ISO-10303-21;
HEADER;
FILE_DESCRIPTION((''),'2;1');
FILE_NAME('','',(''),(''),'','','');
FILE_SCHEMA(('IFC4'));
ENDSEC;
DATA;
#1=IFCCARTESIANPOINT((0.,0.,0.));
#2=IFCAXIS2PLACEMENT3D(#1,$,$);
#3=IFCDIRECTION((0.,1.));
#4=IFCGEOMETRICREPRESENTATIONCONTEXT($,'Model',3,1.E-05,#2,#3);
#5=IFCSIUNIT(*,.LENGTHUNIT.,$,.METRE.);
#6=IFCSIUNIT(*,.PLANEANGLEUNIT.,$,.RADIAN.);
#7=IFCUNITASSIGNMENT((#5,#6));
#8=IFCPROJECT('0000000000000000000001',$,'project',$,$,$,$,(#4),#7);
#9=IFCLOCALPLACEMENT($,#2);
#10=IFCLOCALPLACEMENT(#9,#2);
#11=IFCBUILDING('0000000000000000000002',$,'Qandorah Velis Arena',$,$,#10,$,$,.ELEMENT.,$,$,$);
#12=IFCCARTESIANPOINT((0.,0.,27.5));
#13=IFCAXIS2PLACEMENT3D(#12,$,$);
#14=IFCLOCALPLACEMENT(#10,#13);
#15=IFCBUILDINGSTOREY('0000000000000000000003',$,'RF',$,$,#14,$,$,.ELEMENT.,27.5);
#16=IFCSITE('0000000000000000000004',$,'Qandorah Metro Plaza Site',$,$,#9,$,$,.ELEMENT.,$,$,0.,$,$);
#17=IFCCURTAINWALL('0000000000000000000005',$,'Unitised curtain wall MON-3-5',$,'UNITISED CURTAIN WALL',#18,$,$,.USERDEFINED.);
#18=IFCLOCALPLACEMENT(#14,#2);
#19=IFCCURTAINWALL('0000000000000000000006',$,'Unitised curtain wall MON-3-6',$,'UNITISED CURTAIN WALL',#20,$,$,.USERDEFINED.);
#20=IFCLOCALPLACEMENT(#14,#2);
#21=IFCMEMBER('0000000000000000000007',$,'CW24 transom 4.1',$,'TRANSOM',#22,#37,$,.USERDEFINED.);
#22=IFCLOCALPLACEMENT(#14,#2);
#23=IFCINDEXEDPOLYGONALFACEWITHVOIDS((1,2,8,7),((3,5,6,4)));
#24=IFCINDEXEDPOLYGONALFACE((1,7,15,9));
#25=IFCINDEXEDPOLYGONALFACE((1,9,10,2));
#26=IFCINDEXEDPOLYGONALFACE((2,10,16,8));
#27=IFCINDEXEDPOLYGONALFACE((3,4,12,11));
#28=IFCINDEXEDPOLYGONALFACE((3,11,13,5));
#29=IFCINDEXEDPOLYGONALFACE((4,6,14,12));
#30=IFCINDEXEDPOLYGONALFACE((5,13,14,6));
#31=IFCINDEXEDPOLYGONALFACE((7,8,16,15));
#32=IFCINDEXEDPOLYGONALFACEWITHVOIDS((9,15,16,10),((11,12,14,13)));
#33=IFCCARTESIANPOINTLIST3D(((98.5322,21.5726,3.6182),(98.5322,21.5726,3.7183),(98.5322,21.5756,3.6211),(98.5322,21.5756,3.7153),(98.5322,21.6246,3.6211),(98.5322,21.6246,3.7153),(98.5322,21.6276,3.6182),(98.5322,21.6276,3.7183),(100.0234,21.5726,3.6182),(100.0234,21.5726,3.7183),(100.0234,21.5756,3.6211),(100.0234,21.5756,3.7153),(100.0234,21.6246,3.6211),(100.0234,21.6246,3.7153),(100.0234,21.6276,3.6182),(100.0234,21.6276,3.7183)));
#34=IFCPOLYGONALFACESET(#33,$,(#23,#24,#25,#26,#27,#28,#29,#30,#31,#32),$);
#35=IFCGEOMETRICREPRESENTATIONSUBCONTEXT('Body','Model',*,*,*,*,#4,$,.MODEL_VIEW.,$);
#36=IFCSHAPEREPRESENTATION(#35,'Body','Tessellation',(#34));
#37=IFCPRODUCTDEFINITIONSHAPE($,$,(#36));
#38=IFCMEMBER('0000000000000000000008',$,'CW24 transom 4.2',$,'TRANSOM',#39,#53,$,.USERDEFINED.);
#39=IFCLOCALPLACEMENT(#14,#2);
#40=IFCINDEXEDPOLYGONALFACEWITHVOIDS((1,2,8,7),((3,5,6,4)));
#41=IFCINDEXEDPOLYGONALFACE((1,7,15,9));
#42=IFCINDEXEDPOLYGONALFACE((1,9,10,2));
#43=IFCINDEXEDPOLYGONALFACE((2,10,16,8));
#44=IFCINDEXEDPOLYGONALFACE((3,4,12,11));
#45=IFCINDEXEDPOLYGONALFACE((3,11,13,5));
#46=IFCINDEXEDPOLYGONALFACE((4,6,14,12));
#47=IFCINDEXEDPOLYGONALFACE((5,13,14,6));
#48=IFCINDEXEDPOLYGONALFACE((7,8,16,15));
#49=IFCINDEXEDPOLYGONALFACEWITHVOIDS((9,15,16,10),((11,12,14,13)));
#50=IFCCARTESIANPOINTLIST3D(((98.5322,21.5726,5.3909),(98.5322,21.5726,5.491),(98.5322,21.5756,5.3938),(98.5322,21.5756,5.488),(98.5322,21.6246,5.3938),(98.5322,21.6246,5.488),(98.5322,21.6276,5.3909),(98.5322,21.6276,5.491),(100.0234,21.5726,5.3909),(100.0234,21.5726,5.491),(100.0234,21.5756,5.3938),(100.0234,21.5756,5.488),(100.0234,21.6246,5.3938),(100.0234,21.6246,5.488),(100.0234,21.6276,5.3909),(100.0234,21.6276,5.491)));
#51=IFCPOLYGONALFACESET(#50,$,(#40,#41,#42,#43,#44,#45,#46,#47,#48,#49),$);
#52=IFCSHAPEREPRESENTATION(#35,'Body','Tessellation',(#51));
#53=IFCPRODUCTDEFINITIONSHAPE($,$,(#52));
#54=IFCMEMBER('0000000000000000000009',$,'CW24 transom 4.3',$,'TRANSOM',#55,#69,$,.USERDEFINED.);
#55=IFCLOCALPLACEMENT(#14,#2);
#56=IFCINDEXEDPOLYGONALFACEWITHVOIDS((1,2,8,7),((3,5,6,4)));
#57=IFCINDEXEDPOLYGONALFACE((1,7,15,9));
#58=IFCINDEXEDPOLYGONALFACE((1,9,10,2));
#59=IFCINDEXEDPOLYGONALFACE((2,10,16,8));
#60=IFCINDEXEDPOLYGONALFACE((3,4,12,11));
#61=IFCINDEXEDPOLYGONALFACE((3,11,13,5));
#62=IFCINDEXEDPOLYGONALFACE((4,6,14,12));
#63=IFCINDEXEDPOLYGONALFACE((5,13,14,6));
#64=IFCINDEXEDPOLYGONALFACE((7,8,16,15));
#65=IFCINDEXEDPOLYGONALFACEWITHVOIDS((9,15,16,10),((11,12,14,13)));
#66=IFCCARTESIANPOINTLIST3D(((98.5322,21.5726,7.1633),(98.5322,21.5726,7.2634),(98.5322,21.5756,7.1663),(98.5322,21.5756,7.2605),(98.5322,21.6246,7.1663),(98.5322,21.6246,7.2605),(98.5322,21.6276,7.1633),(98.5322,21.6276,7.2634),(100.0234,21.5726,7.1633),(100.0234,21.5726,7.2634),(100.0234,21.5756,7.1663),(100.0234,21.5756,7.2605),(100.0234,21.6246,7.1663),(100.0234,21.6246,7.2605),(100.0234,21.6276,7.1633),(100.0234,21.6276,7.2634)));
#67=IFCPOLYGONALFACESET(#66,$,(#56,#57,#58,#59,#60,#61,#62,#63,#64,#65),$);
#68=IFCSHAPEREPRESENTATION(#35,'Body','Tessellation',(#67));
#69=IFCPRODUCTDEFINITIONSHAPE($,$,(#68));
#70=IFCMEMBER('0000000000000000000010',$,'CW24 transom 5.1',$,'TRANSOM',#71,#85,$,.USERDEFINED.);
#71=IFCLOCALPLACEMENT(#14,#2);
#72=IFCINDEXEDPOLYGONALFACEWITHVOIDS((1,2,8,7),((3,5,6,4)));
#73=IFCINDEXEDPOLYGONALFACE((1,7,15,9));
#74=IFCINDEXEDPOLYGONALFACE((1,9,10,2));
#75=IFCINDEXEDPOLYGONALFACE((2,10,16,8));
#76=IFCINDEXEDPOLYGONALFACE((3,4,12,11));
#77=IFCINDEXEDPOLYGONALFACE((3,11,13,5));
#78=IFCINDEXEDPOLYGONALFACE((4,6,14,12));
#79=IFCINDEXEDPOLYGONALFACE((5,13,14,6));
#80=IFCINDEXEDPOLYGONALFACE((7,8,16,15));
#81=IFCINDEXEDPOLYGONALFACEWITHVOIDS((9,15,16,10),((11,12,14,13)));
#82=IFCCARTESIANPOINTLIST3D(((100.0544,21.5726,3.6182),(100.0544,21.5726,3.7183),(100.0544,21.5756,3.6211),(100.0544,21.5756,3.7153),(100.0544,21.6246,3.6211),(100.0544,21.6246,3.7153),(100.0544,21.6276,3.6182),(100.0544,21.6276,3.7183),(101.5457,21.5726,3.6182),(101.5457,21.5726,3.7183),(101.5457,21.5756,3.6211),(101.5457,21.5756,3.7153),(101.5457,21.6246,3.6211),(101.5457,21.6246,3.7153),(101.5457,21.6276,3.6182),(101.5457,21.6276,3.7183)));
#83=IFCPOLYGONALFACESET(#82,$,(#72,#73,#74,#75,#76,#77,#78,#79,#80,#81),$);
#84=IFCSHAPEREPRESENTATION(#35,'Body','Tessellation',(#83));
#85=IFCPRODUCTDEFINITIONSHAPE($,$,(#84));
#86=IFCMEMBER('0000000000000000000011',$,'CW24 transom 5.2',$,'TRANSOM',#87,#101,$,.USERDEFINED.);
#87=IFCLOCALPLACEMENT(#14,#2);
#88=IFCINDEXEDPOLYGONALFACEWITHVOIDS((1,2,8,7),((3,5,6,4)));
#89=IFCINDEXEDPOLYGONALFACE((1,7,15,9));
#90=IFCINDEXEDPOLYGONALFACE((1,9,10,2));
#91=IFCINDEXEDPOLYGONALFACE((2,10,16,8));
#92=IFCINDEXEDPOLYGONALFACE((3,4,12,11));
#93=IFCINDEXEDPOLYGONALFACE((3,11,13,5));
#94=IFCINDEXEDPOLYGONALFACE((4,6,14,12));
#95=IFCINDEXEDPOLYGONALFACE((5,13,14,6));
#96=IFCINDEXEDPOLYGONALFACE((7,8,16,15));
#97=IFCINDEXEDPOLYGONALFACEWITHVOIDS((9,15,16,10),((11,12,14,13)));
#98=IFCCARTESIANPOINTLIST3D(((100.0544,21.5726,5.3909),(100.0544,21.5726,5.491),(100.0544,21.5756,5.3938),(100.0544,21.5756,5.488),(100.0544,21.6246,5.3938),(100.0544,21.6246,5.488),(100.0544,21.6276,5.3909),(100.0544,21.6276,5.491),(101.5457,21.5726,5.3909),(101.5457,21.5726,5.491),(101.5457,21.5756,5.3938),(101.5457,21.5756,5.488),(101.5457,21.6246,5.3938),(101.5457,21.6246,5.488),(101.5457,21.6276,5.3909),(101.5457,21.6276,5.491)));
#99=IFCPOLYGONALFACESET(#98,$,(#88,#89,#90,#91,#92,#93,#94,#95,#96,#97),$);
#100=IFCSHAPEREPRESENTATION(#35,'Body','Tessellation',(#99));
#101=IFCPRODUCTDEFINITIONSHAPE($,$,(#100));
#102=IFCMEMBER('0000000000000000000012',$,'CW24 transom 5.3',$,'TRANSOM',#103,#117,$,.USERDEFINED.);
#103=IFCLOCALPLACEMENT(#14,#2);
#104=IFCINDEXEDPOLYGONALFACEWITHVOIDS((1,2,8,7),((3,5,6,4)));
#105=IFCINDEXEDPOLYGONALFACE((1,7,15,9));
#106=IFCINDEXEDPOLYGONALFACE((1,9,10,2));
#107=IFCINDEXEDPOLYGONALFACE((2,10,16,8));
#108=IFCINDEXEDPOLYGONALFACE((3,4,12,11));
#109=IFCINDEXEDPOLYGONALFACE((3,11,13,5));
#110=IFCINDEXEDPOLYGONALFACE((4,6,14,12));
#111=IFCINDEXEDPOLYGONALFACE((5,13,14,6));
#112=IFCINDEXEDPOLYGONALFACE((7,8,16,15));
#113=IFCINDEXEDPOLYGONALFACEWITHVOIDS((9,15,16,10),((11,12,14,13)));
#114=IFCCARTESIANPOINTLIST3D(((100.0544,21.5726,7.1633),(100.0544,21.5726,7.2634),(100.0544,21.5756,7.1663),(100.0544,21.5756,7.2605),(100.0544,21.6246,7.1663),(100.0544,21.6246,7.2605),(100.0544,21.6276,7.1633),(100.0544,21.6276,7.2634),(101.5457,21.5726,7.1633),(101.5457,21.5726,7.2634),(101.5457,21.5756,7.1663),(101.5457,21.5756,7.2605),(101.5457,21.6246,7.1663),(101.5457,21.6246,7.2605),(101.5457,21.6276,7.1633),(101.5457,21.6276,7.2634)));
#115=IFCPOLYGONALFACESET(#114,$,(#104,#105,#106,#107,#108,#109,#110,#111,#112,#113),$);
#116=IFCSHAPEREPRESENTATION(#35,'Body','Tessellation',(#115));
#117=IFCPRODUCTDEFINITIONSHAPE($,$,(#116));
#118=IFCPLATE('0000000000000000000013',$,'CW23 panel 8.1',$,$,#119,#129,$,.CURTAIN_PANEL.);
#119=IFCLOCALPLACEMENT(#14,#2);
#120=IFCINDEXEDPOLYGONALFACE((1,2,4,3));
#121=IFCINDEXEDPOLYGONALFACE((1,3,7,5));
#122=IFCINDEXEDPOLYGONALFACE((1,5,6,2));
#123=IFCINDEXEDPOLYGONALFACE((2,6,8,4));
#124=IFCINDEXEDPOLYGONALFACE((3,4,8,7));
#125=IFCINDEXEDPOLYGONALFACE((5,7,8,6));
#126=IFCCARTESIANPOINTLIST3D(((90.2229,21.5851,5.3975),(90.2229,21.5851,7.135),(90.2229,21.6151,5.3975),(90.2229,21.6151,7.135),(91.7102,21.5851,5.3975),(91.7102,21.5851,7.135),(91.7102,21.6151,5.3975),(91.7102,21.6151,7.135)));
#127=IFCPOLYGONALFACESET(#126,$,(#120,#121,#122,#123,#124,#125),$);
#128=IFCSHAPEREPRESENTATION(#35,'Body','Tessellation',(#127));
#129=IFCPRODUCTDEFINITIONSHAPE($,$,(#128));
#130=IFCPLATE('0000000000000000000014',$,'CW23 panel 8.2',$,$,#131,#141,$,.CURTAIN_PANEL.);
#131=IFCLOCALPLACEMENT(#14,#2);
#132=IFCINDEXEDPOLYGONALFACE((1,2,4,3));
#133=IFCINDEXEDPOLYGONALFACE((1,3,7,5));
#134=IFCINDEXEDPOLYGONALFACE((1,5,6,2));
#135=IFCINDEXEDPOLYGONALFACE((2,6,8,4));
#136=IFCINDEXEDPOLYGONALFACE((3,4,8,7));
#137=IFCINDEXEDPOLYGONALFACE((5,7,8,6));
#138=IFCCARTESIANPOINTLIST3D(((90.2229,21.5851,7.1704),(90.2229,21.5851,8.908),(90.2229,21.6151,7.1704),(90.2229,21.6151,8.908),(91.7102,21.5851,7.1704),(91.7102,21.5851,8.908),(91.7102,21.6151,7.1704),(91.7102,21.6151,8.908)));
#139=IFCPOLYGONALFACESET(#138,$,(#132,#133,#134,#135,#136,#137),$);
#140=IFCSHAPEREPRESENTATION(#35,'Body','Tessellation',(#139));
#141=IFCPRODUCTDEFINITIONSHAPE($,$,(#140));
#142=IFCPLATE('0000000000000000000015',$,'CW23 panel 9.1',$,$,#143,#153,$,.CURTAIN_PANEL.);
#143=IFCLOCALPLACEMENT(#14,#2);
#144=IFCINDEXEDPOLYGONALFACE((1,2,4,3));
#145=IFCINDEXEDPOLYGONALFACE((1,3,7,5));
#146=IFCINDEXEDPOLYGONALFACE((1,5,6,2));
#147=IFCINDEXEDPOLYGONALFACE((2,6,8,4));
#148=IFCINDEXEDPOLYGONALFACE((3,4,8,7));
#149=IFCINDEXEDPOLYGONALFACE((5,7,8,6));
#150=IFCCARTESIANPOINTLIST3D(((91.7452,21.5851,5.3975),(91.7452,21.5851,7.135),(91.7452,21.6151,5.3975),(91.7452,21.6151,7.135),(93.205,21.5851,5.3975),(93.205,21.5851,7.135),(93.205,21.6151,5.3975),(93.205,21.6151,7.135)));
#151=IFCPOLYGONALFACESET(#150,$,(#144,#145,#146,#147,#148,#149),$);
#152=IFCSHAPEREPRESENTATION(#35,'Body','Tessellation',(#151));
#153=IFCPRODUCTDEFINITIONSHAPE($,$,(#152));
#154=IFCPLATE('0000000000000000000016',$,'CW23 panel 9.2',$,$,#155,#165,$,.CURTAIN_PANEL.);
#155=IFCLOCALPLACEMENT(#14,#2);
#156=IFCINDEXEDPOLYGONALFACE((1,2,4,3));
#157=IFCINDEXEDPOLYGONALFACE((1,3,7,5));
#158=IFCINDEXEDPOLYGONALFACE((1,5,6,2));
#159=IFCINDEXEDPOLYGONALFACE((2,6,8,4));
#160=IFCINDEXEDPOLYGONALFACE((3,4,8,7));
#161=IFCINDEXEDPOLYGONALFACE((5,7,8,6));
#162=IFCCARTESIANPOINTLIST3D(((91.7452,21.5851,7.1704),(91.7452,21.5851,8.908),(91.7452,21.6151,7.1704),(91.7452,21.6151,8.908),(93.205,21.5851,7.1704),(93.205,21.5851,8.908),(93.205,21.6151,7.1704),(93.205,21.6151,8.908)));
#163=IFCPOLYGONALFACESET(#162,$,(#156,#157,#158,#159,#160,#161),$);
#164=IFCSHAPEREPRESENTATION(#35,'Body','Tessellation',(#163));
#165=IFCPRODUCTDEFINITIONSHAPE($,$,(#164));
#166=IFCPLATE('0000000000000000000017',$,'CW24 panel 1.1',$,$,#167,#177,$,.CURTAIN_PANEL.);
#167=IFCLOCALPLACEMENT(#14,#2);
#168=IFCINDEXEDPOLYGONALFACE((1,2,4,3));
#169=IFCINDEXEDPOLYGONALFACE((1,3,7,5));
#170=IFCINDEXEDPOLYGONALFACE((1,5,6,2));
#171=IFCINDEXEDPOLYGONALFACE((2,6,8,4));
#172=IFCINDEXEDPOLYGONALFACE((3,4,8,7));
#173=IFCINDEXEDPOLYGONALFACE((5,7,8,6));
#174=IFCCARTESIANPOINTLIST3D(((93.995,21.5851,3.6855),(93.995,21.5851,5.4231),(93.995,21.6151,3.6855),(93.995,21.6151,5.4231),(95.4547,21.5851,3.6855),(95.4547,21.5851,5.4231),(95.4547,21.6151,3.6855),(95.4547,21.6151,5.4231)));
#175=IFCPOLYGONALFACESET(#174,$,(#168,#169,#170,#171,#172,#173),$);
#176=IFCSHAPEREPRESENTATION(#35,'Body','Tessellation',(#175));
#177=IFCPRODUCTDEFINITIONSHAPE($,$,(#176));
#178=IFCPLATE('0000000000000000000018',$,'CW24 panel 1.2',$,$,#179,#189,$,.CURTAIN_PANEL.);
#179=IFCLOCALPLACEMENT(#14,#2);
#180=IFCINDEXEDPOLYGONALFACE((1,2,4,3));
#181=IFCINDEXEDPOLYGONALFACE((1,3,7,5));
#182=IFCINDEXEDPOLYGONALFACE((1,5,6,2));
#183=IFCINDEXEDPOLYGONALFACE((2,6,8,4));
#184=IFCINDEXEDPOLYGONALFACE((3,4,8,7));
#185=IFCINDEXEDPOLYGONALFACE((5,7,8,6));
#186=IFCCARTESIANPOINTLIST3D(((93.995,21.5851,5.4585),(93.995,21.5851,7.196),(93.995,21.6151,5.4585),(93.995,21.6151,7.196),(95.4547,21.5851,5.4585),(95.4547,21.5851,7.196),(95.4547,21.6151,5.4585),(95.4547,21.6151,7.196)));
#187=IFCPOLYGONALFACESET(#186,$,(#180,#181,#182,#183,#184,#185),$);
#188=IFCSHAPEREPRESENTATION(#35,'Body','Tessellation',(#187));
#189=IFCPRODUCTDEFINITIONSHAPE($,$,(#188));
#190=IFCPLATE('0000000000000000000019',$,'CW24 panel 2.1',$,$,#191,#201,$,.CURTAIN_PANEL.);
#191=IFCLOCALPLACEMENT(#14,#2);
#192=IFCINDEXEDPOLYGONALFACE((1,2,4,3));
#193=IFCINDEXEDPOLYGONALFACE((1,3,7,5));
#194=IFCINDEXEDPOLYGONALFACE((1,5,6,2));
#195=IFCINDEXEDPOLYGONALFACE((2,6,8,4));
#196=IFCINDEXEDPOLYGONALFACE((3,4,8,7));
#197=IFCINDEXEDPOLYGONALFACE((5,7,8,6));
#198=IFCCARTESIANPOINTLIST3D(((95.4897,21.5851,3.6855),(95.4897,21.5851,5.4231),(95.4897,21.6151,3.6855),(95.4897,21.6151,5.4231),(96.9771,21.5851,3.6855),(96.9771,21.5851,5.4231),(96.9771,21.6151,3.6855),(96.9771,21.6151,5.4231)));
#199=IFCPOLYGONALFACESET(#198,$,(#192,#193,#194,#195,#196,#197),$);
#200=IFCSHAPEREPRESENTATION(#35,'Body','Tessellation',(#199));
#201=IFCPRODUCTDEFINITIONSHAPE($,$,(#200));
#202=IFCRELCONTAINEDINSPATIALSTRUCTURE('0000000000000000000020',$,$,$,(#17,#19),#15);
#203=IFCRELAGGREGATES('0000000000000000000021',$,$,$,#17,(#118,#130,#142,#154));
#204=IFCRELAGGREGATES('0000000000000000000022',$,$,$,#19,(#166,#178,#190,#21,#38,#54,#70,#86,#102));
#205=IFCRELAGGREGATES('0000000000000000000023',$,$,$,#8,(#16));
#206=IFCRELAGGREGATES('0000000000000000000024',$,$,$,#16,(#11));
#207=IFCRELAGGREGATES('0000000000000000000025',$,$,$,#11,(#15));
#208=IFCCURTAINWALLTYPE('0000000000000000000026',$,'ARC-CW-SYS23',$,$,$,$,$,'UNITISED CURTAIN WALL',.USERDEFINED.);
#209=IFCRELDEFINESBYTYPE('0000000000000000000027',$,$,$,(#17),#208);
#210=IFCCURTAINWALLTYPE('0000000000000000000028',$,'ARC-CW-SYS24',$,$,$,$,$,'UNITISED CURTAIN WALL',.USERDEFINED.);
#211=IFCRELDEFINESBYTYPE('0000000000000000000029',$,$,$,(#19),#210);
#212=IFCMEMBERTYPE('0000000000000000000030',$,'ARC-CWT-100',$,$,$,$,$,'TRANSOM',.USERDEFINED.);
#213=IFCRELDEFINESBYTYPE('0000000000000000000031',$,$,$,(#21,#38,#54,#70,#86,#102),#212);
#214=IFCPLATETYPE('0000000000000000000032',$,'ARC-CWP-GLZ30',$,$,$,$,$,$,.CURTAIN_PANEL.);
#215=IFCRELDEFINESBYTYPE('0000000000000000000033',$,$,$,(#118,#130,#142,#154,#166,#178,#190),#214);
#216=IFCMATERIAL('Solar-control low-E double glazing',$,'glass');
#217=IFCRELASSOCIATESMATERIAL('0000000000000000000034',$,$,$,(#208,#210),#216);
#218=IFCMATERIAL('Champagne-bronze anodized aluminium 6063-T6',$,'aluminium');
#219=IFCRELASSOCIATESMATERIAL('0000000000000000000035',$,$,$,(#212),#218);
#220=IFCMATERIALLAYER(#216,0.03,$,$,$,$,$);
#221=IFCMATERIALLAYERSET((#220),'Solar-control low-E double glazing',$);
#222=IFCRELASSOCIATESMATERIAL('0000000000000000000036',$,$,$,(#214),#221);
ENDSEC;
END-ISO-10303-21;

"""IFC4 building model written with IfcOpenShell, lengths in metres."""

from ifc_helpers import new_model, si_unit, direction, frame, origin, origin_2d, place, context, subcontext, project, spatial, rectangle, hollow_rectangle, extrude, material, layer, layer_set, material_profile, profile_set, type_object, element, aggregate, save


model = new_model("IFC4")

# Units and contexts
model_context = context("Model", 3, precision=1e-05, world=origin(), true_north=direction((0.0, 1.0)))
body_context = subcontext(model_context, "Body", "Model", "MODEL_VIEW")
ifc_project = project(units=[si_unit("LENGTHUNIT", "METRE"), si_unit("PLANEANGLEUNIT", "RADIAN")], contexts=[model_context])

# Site, building, storey
site_placement = place(None, origin())
site = spatial("IfcSite", under=ifc_project, at=site_placement, Name="Qandorah Metro Plaza Site", CompositionType="ELEMENT", RefElevation=0.0)
building_placement = place(site_placement, origin())
building = spatial("IfcBuilding", under=site, at=building_placement, Name="Qandorah Velis Arena", CompositionType="ELEMENT")
storey_placement = place(building_placement, frame((0.0, 0.0, 27.5)))
storey = spatial("IfcBuildingStorey", under=building, at=storey_placement, Name="RF", CompositionType="ELEMENT", Elevation=27.5)

# Curtain walls
ifc_material_1 = material(Name="Solar-control low-E double glazing", Category="glass")
curtain_wall_type_1 = type_object("IfcCurtainWallType", Name="ARC-CW-SYS23", ElementType="UNITISED CURTAIN WALL", PredefinedType="USERDEFINED", material=ifc_material_1)
curtain_wall_1_placement = place(storey_placement, origin())
curtain_wall_1 = element("IfcCurtainWall", 1, at=curtain_wall_1_placement, inside=storey, type_object=curtain_wall_type_1, Name="Unitised curtain wall MON-3-5", ObjectType="UNITISED CURTAIN WALL", PredefinedType="USERDEFINED")
ifc_material_2 = material(Name="Champagne-bronze anodized aluminium 6063-T6", Category="aluminium")
curtain_wall_type_2 = type_object("IfcCurtainWallType", Name="ARC-CW-SYS24", ElementType="UNITISED CURTAIN WALL", PredefinedType="USERDEFINED", material=ifc_material_1)
curtain_wall_2_placement = place(storey_placement, origin())
curtain_wall_2 = element("IfcCurtainWall", 2, at=curtain_wall_2_placement, inside=storey, type_object=curtain_wall_type_2, Name="Unitised curtain wall MON-3-6", ObjectType="UNITISED CURTAIN WALL", PredefinedType="USERDEFINED")

# Members
ifc_material_profile_1 = material_profile(ifc_material_2, hollow_rectangle(XDim=0.0549, YDim=0.1001, WallThickness=0.0029, at=origin_2d()), Name="ALU TRANSOM 55x100")
ifc_profile_set_1 = profile_set([ifc_material_profile_1], Name="Champagne-bronze anodized aluminium 6063-T6")
member_type_1 = type_object("IfcMemberType", Name="ARC-CWT-100", ElementType="TRANSOM", PredefinedType="USERDEFINED", material=ifc_profile_set_1)
member_1_placement = place(storey_placement, frame((98.5322, 21.6001, 3.6682), z_axis=(1.0, 0.0, 0.0), x_axis=(0.0, 1.0, 0.0)))
member_1 = element("IfcMember", 3, at=member_1_placement, type_object=member_type_1, Name="CW24 transom 4.1", ObjectType="TRANSOM", PredefinedType="USERDEFINED", context=body_context, shape_type="SweptSolid", body=[
    extrude(hollow_rectangle(XDim=0.0549, YDim=0.1001, WallThickness=0.0029, at=origin_2d()), origin(), (0.0, 0.0, 1.0), 1.4912),
])
member_2_placement = place(storey_placement, frame((98.5322, 21.6001, 5.4409), z_axis=(1.0, 0.0, 0.0), x_axis=(0.0, 1.0, 0.0)))
member_2 = element("IfcMember", 4, at=member_2_placement, type_object=member_type_1, Name="CW24 transom 4.2", ObjectType="TRANSOM", PredefinedType="USERDEFINED", context=body_context, shape_type="SweptSolid", body=[
    extrude(hollow_rectangle(XDim=0.0549, YDim=0.1001, WallThickness=0.0029, at=origin_2d()), origin(), (0.0, 0.0, 1.0), 1.4912),
])
member_3_placement = place(storey_placement, frame((98.5322, 21.6001, 7.2134), z_axis=(1.0, 0.0, 0.0), x_axis=(0.0, 1.0, 0.0)))
member_3 = element("IfcMember", 5, at=member_3_placement, type_object=member_type_1, Name="CW24 transom 4.3", ObjectType="TRANSOM", PredefinedType="USERDEFINED", context=body_context, shape_type="SweptSolid", body=[
    extrude(hollow_rectangle(XDim=0.0549, YDim=0.1001, WallThickness=0.0029, at=origin_2d()), origin(), (0.0, 0.0, 1.0), 1.4912),
])
member_4_placement = place(storey_placement, frame((100.0544, 21.6001, 3.6682), z_axis=(1.0, 0.0, 0.0), x_axis=(0.0, 1.0, 0.0)))
member_4 = element("IfcMember", 6, at=member_4_placement, type_object=member_type_1, Name="CW24 transom 5.1", ObjectType="TRANSOM", PredefinedType="USERDEFINED", context=body_context, shape_type="SweptSolid", body=[
    extrude(hollow_rectangle(XDim=0.0549, YDim=0.1001, WallThickness=0.0029, at=origin_2d()), origin(), (0.0, 0.0, 1.0), 1.4912),
])
member_5_placement = place(storey_placement, frame((100.0544, 21.6001, 5.4409), z_axis=(1.0, 0.0, 0.0), x_axis=(0.0, 1.0, 0.0)))
member_5 = element("IfcMember", 7, at=member_5_placement, type_object=member_type_1, Name="CW24 transom 5.2", ObjectType="TRANSOM", PredefinedType="USERDEFINED", context=body_context, shape_type="SweptSolid", body=[
    extrude(hollow_rectangle(XDim=0.0549, YDim=0.1001, WallThickness=0.0029, at=origin_2d()), origin(), (0.0, 0.0, 1.0), 1.4912),
])
member_6_placement = place(storey_placement, frame((100.0544, 21.6001, 7.2134), z_axis=(1.0, 0.0, 0.0), x_axis=(0.0, 1.0, 0.0)))
member_6 = element("IfcMember", 8, at=member_6_placement, type_object=member_type_1, Name="CW24 transom 5.3", ObjectType="TRANSOM", PredefinedType="USERDEFINED", context=body_context, shape_type="SweptSolid", body=[
    extrude(hollow_rectangle(XDim=0.0549, YDim=0.1001, WallThickness=0.0029, at=origin_2d()), origin(), (0.0, 0.0, 1.0), 1.4912),
])

# Plates
ifc_layer = layer(ifc_material_1, 0.03)
ifc_layer_set = layer_set([ifc_layer], Name="Solar-control low-E double glazing")
plate_type = type_object("IfcPlateType", Name="ARC-CWP-GLZ30", PredefinedType="CURTAIN_PANEL", material=ifc_layer_set)
plate_1_placement = place(storey_placement, frame((90.9666, 21.6001, 5.3975), z_axis=(0.0, 0.0, 1.0), x_axis=(1.0, 0.0, 0.0)))
plate_1 = element("IfcPlate", 9, at=plate_1_placement, type_object=plate_type, Name="CW23 panel 8.1", PredefinedType="CURTAIN_PANEL", context=body_context, shape_type="SweptSolid", body=[
    extrude(rectangle(XDim=1.4873, YDim=0.03, at=origin_2d()), origin(), (0.0, 0.0, 1.0), 1.7375),
])
plate_2_placement = place(storey_placement, frame((90.9666, 21.6001, 7.1704), z_axis=(0.0, 0.0, 1.0), x_axis=(1.0, 0.0, 0.0)))
plate_2 = element("IfcPlate", 10, at=plate_2_placement, type_object=plate_type, Name="CW23 panel 8.2", PredefinedType="CURTAIN_PANEL", context=body_context, shape_type="SweptSolid", body=[
    extrude(rectangle(XDim=1.4873, YDim=0.03, at=origin_2d()), origin(), (0.0, 0.0, 1.0), 1.7375),
])
plate_3_placement = place(storey_placement, frame((92.4751, 21.6001, 5.3975), z_axis=(0.0, 0.0, 1.0), x_axis=(1.0, 0.0, 0.0)))
plate_3 = element("IfcPlate", 11, at=plate_3_placement, type_object=plate_type, Name="CW23 panel 9.1", PredefinedType="CURTAIN_PANEL", context=body_context, shape_type="SweptSolid", body=[
    extrude(rectangle(XDim=1.4597, YDim=0.03, at=origin_2d()), origin(), (0.0, 0.0, 1.0), 1.7375),
])
plate_4_placement = place(storey_placement, frame((92.4751, 21.6001, 7.1704), z_axis=(0.0, 0.0, 1.0), x_axis=(1.0, 0.0, 0.0)))
plate_4 = element("IfcPlate", 12, at=plate_4_placement, type_object=plate_type, Name="CW23 panel 9.2", PredefinedType="CURTAIN_PANEL", context=body_context, shape_type="SweptSolid", body=[
    extrude(rectangle(XDim=1.4597, YDim=0.03, at=origin_2d()), origin(), (0.0, 0.0, 1.0), 1.7375),
])
aggregate(curtain_wall_1, [plate_1, plate_2, plate_3, plate_4])
plate_5_placement = place(storey_placement, frame((94.7249, 21.6001, 3.6855), z_axis=(0.0, 0.0, 1.0), x_axis=(1.0, 0.0, 0.0)))
plate_5 = element("IfcPlate", 13, at=plate_5_placement, type_object=plate_type, Name="CW24 panel 1.1", PredefinedType="CURTAIN_PANEL", context=body_context, shape_type="SweptSolid", body=[
    extrude(rectangle(XDim=1.4597, YDim=0.03, at=origin_2d()), origin(), (0.0, 0.0, 1.0), 1.7375),
])
plate_6_placement = place(storey_placement, frame((94.7249, 21.6001, 5.4585), z_axis=(0.0, 0.0, 1.0), x_axis=(1.0, 0.0, 0.0)))
plate_6 = element("IfcPlate", 14, at=plate_6_placement, type_object=plate_type, Name="CW24 panel 1.2", PredefinedType="CURTAIN_PANEL", context=body_context, shape_type="SweptSolid", body=[
    extrude(rectangle(XDim=1.4597, YDim=0.03, at=origin_2d()), origin(), (0.0, 0.0, 1.0), 1.7375),
])
plate_7_placement = place(storey_placement, frame((96.2334, 21.6001, 3.6855), z_axis=(0.0, 0.0, 1.0), x_axis=(1.0, 0.0, 0.0)))
plate_7 = element("IfcPlate", 15, at=plate_7_placement, type_object=plate_type, Name="CW24 panel 2.1", PredefinedType="CURTAIN_PANEL", context=body_context, shape_type="SweptSolid", body=[
    extrude(rectangle(XDim=1.4873, YDim=0.03, at=origin_2d()), origin(), (0.0, 0.0, 1.0), 1.7375),
])
aggregate(curtain_wall_2, [plate_5, plate_6, plate_7, member_1, member_2, member_3, member_4, member_5, member_6])

save(model, "model.ifc")
